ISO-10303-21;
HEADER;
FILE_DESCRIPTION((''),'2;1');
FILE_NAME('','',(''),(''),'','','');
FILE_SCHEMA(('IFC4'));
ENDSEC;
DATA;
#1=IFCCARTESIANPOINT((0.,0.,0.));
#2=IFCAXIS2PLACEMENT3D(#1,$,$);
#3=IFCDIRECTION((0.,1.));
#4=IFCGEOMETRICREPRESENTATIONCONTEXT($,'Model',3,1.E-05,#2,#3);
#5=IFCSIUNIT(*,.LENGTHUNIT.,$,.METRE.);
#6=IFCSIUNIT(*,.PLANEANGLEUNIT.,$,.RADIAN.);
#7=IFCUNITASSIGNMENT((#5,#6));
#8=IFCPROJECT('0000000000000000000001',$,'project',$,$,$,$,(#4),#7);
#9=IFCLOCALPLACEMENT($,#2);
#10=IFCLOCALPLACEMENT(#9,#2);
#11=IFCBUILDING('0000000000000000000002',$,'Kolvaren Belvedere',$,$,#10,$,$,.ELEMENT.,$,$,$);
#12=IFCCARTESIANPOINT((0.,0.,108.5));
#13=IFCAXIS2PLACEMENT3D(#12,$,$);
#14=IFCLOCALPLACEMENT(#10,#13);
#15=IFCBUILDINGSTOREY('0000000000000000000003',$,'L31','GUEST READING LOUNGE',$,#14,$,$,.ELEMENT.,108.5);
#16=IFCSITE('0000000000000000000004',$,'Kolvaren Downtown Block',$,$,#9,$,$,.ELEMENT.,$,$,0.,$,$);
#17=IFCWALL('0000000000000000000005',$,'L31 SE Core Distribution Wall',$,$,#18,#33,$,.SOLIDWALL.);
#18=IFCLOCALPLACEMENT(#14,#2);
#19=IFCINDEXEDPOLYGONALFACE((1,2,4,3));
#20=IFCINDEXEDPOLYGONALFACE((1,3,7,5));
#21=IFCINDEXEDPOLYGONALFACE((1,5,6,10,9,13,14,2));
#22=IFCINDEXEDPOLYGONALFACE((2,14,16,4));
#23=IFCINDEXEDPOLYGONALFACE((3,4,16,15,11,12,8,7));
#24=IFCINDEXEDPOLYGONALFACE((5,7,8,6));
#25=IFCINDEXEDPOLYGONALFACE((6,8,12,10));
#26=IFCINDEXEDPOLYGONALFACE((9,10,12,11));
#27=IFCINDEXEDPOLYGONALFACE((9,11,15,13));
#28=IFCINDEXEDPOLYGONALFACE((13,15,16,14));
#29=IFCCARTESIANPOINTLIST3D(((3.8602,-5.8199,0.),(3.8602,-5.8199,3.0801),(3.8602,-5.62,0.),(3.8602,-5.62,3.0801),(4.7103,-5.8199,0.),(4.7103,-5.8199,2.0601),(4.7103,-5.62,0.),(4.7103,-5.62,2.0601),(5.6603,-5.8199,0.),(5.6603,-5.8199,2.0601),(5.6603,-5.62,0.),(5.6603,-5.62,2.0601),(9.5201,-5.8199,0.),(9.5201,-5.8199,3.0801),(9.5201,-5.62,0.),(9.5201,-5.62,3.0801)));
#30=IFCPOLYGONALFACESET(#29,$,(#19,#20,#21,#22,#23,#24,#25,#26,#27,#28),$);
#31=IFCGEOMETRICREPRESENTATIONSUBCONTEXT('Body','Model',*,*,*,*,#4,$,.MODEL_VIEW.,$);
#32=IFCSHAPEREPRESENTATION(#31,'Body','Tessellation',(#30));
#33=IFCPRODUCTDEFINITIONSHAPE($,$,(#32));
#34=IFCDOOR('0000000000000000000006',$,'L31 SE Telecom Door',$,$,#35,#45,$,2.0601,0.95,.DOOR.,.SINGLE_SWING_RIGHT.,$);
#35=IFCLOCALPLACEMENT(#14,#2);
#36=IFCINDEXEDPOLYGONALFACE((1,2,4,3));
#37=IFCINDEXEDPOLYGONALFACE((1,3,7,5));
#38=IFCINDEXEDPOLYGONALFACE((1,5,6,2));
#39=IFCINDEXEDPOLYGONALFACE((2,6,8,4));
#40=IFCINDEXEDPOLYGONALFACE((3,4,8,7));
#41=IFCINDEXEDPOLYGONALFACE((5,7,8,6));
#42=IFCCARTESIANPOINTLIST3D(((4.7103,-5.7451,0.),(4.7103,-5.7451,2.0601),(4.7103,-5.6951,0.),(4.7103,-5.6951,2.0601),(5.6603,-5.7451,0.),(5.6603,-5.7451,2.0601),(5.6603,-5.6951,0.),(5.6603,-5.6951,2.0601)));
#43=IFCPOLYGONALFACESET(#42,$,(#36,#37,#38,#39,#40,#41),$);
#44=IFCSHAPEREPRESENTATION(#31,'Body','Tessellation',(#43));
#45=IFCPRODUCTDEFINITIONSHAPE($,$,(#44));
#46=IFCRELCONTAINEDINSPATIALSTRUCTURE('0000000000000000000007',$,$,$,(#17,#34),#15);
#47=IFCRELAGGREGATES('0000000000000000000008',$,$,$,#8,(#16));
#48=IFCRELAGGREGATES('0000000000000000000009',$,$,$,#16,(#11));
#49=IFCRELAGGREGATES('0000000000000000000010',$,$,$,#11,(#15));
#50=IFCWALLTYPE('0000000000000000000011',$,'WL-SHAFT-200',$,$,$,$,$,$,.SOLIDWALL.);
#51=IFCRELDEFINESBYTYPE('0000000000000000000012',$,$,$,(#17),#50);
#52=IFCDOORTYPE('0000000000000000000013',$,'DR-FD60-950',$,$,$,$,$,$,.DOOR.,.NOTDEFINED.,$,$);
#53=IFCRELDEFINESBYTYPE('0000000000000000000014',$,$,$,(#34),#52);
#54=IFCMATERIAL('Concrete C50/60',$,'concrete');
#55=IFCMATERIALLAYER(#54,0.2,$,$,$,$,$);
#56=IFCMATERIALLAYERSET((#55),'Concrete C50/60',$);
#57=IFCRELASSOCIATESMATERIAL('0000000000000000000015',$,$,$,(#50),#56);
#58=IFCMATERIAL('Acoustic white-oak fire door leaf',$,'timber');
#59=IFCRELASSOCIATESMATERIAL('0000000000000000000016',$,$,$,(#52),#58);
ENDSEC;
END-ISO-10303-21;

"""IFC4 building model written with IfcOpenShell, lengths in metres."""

from ifc_helpers import new_model, si_unit, direction, frame, frame_2d, origin, place, context, subcontext, project, spatial, rectangle, extrude, material, layer, layer_set, type_object, element, fill, save


model = new_model("IFC4")

# Units and contexts
model_context = context("Model", 3, precision=1e-05, world=origin(), true_north=direction((0.0, 1.0)))
body_context = subcontext(model_context, "Body", "Model", "MODEL_VIEW")
ifc_project = project(units=[si_unit("LENGTHUNIT", "METRE"), si_unit("PLANEANGLEUNIT", "RADIAN")], contexts=[model_context])

# Site, building, storey
site_placement = place(None, origin())
site = spatial("IfcSite", under=ifc_project, at=site_placement, Name="Kolvaren Downtown Block", CompositionType="ELEMENT", RefElevation=0.0)
building_placement = place(site_placement, origin())
building = spatial("IfcBuilding", under=site, at=building_placement, Name="Kolvaren Belvedere", CompositionType="ELEMENT")
storey_placement = place(building_placement, frame((0.0, 0.0, 108.5)))
storey = spatial("IfcBuildingStorey", under=building, at=storey_placement, Name="L31", Description="GUEST READING LOUNGE", CompositionType="ELEMENT", Elevation=108.5)

# Wall, opening, door
ifc_material_1 = material(Name="Concrete C50/60", Category="concrete")
ifc_layer_1 = layer(ifc_material_1, 0.2)
ifc_layer_set_1 = layer_set([ifc_layer_1], Name="Concrete C50/60")
wall_type_1 = type_object("IfcWallType", Name="WL-SHAFT-200", PredefinedType="SOLIDWALL", material=ifc_layer_set_1)
ifc_material_2 = material(Name="Acoustic white-oak fire door leaf", Category="timber")
door_type_1 = type_object("IfcDoorType", Name="DR-FD60-950", OperationType="NOTDEFINED", PredefinedType="DOOR", material=ifc_material_2)
wall_1_placement = place(storey_placement, frame((3.8601, -5.72, 0.0), z_axis=(0.0, 0.0, 1.0), x_axis=(1.0, 0.0, 0.0)))
wall_1 = element("IfcWall", 1, at=wall_1_placement, inside=storey, type_object=wall_type_1, Name="L31 SE Core Distribution Wall", PredefinedType="SOLIDWALL", context=body_context, shape_type="SweptSolid", body=[
    extrude(rectangle(XDim=5.6599, YDim=0.2, at=frame_2d((2.8301, 0.0))), origin(), (0.0, 0.0, 1.0), 3.0801),
])
opening_1_placement = place(wall_1_placement, frame((0.8501, 0.0, 0.0)))
opening_1 = element("IfcOpeningElement", 2, at=opening_1_placement, cuts=wall_1, PredefinedType="OPENING", context=body_context, shape_type="SweptSolid", body=[
    extrude(rectangle(XDim=0.95, YDim=2.0601, at=frame_2d((0.4751, 1.03))), frame((0.0, 0.1099, 0.0), z_axis=(0.0, -1.0, 0.0), x_axis=(1.0, 0.0, 0.0)), (0.0, 0.0, 1.0), 0.22),
])
door_1_placement = place(opening_1_placement, origin())
door_1 = element("IfcDoor", 3, at=door_1_placement, inside=storey, type_object=door_type_1, Name="L31 SE Telecom Door", OperationType="SINGLE_SWING_RIGHT", OverallHeight=2.0601, OverallWidth=0.95, PredefinedType="DOOR", context=body_context, shape_type="SweptSolid", body=[
    extrude(rectangle(XDim=0.95, YDim=2.0601, at=frame_2d((0.4751, 1.03))), frame((0.0, 0.0249, 0.0), z_axis=(0.0, -1.0, 0.0), x_axis=(1.0, 0.0, 0.0)), (0.0, 0.0, 1.0), 0.05),
])
fill(opening_1, door_1)

save(model, "model.ifc")
